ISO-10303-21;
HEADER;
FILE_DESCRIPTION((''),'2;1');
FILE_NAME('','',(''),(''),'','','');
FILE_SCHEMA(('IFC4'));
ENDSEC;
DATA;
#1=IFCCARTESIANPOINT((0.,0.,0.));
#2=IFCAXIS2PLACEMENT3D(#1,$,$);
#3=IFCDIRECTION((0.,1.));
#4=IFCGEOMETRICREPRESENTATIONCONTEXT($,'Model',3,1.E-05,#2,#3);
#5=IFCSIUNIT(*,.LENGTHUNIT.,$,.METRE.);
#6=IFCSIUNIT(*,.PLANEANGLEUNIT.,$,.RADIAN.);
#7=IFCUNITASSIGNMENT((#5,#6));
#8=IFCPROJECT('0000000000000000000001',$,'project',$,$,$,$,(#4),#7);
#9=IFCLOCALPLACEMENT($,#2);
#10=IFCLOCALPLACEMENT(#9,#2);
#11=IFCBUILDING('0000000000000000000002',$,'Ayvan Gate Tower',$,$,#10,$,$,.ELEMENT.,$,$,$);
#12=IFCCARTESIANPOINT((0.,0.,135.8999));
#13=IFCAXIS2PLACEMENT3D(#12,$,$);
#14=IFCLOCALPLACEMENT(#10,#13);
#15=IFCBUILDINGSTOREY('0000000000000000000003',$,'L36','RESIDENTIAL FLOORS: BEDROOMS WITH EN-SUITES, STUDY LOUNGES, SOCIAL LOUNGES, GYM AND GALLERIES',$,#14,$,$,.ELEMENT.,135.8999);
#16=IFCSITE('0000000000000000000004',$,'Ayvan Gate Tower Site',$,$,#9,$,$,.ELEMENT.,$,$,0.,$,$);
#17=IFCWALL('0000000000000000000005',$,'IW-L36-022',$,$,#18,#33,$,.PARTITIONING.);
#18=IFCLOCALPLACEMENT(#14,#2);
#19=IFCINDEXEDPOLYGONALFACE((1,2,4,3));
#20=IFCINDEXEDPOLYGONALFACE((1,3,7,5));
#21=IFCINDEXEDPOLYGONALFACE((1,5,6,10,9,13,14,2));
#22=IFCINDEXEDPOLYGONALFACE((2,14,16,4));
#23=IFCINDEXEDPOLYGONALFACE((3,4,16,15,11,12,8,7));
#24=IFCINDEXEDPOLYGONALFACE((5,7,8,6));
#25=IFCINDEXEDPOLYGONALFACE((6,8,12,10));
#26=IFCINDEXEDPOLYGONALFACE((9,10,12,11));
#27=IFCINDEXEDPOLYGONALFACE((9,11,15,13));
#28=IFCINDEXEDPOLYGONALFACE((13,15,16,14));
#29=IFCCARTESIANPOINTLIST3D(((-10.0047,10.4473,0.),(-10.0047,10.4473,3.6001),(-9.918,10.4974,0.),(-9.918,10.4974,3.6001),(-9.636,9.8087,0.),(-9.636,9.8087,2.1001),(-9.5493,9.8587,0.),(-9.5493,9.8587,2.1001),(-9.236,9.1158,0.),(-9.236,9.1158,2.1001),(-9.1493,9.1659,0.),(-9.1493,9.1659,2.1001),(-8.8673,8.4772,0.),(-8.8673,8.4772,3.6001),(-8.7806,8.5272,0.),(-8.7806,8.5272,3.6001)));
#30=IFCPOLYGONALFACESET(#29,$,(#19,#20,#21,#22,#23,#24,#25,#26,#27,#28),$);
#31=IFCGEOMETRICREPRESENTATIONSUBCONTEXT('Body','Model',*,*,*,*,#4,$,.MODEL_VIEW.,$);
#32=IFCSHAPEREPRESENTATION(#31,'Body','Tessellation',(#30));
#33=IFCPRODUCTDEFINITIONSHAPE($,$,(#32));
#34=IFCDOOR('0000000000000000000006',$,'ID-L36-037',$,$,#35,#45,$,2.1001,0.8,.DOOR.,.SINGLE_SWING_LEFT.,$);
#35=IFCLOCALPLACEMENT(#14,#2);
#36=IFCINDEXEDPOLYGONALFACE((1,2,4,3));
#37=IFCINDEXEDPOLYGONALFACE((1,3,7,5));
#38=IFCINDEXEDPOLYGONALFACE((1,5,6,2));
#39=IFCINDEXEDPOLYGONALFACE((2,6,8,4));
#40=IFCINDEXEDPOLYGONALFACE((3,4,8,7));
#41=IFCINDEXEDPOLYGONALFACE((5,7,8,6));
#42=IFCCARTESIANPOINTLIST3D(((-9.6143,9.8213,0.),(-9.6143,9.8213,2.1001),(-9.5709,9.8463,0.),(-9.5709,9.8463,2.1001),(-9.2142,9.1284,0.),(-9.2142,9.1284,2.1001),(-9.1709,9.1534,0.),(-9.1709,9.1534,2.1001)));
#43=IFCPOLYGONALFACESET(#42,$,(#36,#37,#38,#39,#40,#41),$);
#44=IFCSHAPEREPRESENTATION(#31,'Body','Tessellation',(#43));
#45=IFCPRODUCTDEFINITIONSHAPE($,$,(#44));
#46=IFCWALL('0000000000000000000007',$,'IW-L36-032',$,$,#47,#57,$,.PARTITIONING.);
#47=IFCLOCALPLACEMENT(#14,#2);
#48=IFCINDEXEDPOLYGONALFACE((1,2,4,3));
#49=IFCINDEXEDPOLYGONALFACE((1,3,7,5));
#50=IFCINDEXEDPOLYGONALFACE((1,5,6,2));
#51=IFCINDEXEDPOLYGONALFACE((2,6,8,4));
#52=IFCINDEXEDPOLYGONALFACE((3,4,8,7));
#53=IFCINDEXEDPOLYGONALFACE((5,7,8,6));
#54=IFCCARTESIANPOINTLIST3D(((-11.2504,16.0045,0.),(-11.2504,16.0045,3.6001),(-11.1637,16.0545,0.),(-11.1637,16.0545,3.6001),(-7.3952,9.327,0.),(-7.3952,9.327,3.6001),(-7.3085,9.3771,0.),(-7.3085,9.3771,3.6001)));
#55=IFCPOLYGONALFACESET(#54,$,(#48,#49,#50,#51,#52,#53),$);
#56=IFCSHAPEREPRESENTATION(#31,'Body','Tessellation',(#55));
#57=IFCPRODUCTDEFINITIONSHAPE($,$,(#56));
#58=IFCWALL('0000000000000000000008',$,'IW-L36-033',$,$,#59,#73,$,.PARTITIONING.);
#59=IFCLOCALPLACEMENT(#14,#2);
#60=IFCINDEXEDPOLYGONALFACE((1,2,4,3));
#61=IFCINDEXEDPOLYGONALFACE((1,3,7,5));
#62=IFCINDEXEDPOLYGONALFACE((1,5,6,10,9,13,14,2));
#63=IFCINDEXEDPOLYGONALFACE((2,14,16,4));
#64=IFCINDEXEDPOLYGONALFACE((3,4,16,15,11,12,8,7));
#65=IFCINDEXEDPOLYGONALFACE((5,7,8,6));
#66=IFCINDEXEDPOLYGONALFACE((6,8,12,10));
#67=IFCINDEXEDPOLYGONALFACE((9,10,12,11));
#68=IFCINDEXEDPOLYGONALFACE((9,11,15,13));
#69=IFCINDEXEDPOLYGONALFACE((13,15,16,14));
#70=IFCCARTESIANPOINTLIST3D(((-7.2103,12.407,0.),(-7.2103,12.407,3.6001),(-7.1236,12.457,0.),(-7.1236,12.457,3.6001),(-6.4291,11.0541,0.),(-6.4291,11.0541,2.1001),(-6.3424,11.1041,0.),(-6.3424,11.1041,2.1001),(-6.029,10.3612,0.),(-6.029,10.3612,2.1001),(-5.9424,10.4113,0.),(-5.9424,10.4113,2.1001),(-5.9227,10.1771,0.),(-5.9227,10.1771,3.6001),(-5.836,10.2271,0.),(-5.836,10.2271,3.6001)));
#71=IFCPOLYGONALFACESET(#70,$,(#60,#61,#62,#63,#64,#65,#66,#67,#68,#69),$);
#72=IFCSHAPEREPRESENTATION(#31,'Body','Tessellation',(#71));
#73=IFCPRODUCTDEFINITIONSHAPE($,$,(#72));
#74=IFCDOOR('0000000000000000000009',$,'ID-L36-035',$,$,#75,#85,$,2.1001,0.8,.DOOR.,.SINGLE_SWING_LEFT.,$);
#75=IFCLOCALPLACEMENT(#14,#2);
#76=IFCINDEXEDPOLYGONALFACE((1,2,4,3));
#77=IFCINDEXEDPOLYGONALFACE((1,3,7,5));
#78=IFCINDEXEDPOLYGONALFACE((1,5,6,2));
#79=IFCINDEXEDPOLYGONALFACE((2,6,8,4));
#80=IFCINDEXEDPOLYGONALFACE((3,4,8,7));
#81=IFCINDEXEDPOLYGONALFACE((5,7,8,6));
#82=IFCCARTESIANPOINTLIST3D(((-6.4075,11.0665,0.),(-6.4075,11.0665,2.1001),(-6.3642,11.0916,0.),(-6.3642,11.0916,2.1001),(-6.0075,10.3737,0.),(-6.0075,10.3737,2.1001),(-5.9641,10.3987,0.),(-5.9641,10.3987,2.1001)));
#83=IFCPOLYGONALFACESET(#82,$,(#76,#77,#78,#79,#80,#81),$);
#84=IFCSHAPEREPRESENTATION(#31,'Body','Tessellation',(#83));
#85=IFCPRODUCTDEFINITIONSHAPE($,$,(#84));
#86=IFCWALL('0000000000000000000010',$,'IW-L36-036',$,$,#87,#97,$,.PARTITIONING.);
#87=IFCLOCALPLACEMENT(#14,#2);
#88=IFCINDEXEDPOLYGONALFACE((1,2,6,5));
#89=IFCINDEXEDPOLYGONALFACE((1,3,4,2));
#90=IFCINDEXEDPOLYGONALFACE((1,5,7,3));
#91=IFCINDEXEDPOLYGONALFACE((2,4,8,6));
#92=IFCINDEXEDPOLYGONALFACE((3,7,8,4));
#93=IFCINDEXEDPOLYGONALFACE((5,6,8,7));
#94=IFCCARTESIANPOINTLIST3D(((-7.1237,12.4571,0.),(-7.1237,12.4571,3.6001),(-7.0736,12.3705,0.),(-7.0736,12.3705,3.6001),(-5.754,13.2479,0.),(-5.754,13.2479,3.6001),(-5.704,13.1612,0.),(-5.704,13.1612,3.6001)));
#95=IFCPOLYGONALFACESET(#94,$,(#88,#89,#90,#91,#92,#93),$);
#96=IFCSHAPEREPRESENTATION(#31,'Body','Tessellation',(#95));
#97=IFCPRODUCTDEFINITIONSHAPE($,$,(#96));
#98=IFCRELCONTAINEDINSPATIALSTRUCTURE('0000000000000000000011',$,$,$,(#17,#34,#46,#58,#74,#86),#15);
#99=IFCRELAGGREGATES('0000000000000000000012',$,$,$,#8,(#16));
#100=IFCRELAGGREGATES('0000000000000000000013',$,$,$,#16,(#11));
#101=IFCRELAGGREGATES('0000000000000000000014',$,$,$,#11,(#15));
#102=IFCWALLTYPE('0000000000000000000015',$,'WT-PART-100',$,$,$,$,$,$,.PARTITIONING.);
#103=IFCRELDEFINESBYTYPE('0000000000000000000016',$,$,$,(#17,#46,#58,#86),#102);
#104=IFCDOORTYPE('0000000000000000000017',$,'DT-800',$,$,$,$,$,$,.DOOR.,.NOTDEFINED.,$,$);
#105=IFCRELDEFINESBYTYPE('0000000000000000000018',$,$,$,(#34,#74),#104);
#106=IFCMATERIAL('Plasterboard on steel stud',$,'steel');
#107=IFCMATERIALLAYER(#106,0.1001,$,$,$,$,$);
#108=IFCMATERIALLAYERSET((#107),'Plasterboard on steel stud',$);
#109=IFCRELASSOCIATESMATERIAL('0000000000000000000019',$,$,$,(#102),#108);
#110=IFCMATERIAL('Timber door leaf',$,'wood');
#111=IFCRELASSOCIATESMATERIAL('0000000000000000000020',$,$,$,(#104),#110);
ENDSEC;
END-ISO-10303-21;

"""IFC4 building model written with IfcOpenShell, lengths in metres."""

from ifc_helpers import new_model, si_unit, direction, frame, frame_2d, origin, place, context, subcontext, project, spatial, rectangle, extrude, material, layer, layer_set, type_object, element, fill, save


model = new_model("IFC4")

# Units and contexts
model_context = context("Model", 3, precision=1e-05, world=origin(), true_north=direction((0.0, 1.0)))
body_context = subcontext(model_context, "Body", "Model", "MODEL_VIEW")
ifc_project = project(units=[si_unit("LENGTHUNIT", "METRE"), si_unit("PLANEANGLEUNIT", "RADIAN")], contexts=[model_context])

# Site, building, storey
site_placement = place(None, origin())
site = spatial("IfcSite", under=ifc_project, at=site_placement, Name="Ayvan Gate Tower Site", CompositionType="ELEMENT", RefElevation=0.0)
building_placement = place(site_placement, origin())
building = spatial("IfcBuilding", under=site, at=building_placement, Name="Ayvan Gate Tower", CompositionType="ELEMENT")
storey_placement = place(building_placement, frame((0.0, 0.0, 135.8999)))
storey = spatial("IfcBuildingStorey", under=building, at=storey_placement, Name="L36", Description="RESIDENTIAL FLOORS: BEDROOMS WITH EN-SUITES, STUDY LOUNGES, SOCIAL LOUNGES, GYM AND GALLERIES", CompositionType="ELEMENT", Elevation=135.8999)

# Shared definitions
ifc_material_1 = material(Name="Timber door leaf", Category="wood")
ifc_material_2 = material(Name="Plasterboard on steel stud", Category="steel")

# Shared definitions
ifc_layer_1 = layer(ifc_material_2, 0.1001)
ifc_layer_set_1 = layer_set([ifc_layer_1], Name="Plasterboard on steel stud")
wall_type_1 = type_object("IfcWallType", Name="WT-PART-100", PredefinedType="PARTITIONING", material=ifc_layer_set_1)

# Wall, opening, door
wall_1_placement = place(storey_placement, frame((-8.824, 8.5022, 0.0), z_axis=(0.0, 0.0, 1.0), x_axis=(-0.499983, 0.866035, 0.0)))
wall_1 = element("IfcWall", 1, at=wall_1_placement, inside=storey, type_object=wall_type_1, Name="IW-L36-022", PredefinedType="PARTITIONING", context=body_context, shape_type="SweptSolid", body=[
    extrude(rectangle(XDim=2.2749, YDim=0.1001, at=frame_2d((1.1375, 0.0))), origin(), (0.0, 0.0, 1.0), 3.6001),
])
opening_1_placement = place(wall_1_placement, frame((0.7375, 0.0, 0.0)))
opening_1 = element("IfcOpeningElement", 2, at=opening_1_placement, cuts=wall_1, PredefinedType="OPENING", context=body_context, shape_type="SweptSolid", body=[
    extrude(rectangle(XDim=0.8, YDim=2.1001, at=frame_2d((0.3999, 1.05))), frame((0.0, 0.0601, 0.0), z_axis=(0.0, -1.0, 0.0), x_axis=(1.0, 0.0, 0.0)), (0.0, 0.0, 1.0), 0.1201),
])
door_type_1 = type_object("IfcDoorType", Name="DT-800", OperationType="NOTDEFINED", PredefinedType="DOOR", material=ifc_material_1)
door_1_placement = place(opening_1_placement, origin())
door_1 = element("IfcDoor", 3, at=door_1_placement, inside=storey, type_object=door_type_1, Name="ID-L36-037", OperationType="SINGLE_SWING_LEFT", OverallHeight=2.1001, OverallWidth=0.8, PredefinedType="DOOR", context=body_context, shape_type="SweptSolid", body=[
    extrude(rectangle(XDim=0.8, YDim=2.1001, at=frame_2d((0.3999, 1.05))), frame((0.0, 0.0249, 0.0), z_axis=(0.0, -1.0, 0.0), x_axis=(1.0, 0.0, 0.0)), (0.0, 0.0, 1.0), 0.05),
])
fill(opening_1, door_1)

# Wall
wall_2_placement = place(storey_placement, frame((-7.3518, 9.3521, 0.0), z_axis=(0.0, 0.0, 1.0), x_axis=(-0.499997, 0.866027, 0.0)))
element("IfcWall", 4, at=wall_2_placement, inside=storey, type_object=wall_type_1, Name="IW-L36-032", PredefinedType="PARTITIONING", context=body_context, shape_type="SweptSolid", body=[
    extrude(rectangle(XDim=7.7104, YDim=0.1001, at=frame_2d((3.8552, 0.0))), origin(), (0.0, 0.0, 1.0), 3.6001),
])

# Wall, opening, door
wall_3_placement = place(storey_placement, frame((-7.167, 12.4321, 0.0), z_axis=(0.0, 0.0, 1.0), x_axis=(0.500034, -0.866006, 0.0)))
wall_3 = element("IfcWall", 5, at=wall_3_placement, inside=storey, type_object=wall_type_1, Name="IW-L36-033", PredefinedType="PARTITIONING", context=body_context, shape_type="SweptSolid", body=[
    extrude(rectangle(XDim=2.575, YDim=0.1001, at=frame_2d((1.2876, 0.0))), origin(), (0.0, 0.0, 1.0), 3.6001),
])
opening_2_placement = place(wall_3_placement, frame((1.5625, 0.0, 0.0)))
opening_2 = element("IfcOpeningElement", 6, at=opening_2_placement, cuts=wall_3, PredefinedType="OPENING", context=body_context, shape_type="SweptSolid", body=[
    extrude(rectangle(XDim=0.8, YDim=2.1001, at=frame_2d((0.3999, 1.05))), frame((0.0, 0.0601, 0.0), z_axis=(0.0, -1.0, 0.0), x_axis=(1.0, 0.0, 0.0)), (0.0, 0.0, 1.0), 0.1201),
])
door_2_placement = place(opening_2_placement, origin())
door_2 = element("IfcDoor", 7, at=door_2_placement, inside=storey, type_object=door_type_1, Name="ID-L36-035", OperationType="SINGLE_SWING_LEFT", OverallHeight=2.1001, OverallWidth=0.8, PredefinedType="DOOR", context=body_context, shape_type="SweptSolid", body=[
    extrude(rectangle(XDim=0.8, YDim=2.1001, at=frame_2d((0.3999, 1.05))), frame((0.0, 0.0249, 0.0), z_axis=(0.0, -1.0, 0.0), x_axis=(1.0, 0.0, 0.0)), (0.0, 0.0, 1.0), 0.05),
])
fill(opening_2, door_2)

# Wall
wall_4_placement = place(storey_placement, frame((-5.729, 13.2046, 0.0), z_axis=(0.0, 0.0, 1.0), x_axis=(-0.866021, -0.500008, 0.0)))
element("IfcWall", 8, at=wall_4_placement, inside=storey, type_object=wall_type_1, Name="IW-L36-036", PredefinedType="PARTITIONING", context=body_context, shape_type="SweptSolid", body=[
    extrude(rectangle(XDim=1.5815, YDim=0.1001, at=frame_2d((0.7908, 0.0))), origin(), (0.0, 0.0, 1.0), 3.6001),
])

save(model, "model.ifc")
